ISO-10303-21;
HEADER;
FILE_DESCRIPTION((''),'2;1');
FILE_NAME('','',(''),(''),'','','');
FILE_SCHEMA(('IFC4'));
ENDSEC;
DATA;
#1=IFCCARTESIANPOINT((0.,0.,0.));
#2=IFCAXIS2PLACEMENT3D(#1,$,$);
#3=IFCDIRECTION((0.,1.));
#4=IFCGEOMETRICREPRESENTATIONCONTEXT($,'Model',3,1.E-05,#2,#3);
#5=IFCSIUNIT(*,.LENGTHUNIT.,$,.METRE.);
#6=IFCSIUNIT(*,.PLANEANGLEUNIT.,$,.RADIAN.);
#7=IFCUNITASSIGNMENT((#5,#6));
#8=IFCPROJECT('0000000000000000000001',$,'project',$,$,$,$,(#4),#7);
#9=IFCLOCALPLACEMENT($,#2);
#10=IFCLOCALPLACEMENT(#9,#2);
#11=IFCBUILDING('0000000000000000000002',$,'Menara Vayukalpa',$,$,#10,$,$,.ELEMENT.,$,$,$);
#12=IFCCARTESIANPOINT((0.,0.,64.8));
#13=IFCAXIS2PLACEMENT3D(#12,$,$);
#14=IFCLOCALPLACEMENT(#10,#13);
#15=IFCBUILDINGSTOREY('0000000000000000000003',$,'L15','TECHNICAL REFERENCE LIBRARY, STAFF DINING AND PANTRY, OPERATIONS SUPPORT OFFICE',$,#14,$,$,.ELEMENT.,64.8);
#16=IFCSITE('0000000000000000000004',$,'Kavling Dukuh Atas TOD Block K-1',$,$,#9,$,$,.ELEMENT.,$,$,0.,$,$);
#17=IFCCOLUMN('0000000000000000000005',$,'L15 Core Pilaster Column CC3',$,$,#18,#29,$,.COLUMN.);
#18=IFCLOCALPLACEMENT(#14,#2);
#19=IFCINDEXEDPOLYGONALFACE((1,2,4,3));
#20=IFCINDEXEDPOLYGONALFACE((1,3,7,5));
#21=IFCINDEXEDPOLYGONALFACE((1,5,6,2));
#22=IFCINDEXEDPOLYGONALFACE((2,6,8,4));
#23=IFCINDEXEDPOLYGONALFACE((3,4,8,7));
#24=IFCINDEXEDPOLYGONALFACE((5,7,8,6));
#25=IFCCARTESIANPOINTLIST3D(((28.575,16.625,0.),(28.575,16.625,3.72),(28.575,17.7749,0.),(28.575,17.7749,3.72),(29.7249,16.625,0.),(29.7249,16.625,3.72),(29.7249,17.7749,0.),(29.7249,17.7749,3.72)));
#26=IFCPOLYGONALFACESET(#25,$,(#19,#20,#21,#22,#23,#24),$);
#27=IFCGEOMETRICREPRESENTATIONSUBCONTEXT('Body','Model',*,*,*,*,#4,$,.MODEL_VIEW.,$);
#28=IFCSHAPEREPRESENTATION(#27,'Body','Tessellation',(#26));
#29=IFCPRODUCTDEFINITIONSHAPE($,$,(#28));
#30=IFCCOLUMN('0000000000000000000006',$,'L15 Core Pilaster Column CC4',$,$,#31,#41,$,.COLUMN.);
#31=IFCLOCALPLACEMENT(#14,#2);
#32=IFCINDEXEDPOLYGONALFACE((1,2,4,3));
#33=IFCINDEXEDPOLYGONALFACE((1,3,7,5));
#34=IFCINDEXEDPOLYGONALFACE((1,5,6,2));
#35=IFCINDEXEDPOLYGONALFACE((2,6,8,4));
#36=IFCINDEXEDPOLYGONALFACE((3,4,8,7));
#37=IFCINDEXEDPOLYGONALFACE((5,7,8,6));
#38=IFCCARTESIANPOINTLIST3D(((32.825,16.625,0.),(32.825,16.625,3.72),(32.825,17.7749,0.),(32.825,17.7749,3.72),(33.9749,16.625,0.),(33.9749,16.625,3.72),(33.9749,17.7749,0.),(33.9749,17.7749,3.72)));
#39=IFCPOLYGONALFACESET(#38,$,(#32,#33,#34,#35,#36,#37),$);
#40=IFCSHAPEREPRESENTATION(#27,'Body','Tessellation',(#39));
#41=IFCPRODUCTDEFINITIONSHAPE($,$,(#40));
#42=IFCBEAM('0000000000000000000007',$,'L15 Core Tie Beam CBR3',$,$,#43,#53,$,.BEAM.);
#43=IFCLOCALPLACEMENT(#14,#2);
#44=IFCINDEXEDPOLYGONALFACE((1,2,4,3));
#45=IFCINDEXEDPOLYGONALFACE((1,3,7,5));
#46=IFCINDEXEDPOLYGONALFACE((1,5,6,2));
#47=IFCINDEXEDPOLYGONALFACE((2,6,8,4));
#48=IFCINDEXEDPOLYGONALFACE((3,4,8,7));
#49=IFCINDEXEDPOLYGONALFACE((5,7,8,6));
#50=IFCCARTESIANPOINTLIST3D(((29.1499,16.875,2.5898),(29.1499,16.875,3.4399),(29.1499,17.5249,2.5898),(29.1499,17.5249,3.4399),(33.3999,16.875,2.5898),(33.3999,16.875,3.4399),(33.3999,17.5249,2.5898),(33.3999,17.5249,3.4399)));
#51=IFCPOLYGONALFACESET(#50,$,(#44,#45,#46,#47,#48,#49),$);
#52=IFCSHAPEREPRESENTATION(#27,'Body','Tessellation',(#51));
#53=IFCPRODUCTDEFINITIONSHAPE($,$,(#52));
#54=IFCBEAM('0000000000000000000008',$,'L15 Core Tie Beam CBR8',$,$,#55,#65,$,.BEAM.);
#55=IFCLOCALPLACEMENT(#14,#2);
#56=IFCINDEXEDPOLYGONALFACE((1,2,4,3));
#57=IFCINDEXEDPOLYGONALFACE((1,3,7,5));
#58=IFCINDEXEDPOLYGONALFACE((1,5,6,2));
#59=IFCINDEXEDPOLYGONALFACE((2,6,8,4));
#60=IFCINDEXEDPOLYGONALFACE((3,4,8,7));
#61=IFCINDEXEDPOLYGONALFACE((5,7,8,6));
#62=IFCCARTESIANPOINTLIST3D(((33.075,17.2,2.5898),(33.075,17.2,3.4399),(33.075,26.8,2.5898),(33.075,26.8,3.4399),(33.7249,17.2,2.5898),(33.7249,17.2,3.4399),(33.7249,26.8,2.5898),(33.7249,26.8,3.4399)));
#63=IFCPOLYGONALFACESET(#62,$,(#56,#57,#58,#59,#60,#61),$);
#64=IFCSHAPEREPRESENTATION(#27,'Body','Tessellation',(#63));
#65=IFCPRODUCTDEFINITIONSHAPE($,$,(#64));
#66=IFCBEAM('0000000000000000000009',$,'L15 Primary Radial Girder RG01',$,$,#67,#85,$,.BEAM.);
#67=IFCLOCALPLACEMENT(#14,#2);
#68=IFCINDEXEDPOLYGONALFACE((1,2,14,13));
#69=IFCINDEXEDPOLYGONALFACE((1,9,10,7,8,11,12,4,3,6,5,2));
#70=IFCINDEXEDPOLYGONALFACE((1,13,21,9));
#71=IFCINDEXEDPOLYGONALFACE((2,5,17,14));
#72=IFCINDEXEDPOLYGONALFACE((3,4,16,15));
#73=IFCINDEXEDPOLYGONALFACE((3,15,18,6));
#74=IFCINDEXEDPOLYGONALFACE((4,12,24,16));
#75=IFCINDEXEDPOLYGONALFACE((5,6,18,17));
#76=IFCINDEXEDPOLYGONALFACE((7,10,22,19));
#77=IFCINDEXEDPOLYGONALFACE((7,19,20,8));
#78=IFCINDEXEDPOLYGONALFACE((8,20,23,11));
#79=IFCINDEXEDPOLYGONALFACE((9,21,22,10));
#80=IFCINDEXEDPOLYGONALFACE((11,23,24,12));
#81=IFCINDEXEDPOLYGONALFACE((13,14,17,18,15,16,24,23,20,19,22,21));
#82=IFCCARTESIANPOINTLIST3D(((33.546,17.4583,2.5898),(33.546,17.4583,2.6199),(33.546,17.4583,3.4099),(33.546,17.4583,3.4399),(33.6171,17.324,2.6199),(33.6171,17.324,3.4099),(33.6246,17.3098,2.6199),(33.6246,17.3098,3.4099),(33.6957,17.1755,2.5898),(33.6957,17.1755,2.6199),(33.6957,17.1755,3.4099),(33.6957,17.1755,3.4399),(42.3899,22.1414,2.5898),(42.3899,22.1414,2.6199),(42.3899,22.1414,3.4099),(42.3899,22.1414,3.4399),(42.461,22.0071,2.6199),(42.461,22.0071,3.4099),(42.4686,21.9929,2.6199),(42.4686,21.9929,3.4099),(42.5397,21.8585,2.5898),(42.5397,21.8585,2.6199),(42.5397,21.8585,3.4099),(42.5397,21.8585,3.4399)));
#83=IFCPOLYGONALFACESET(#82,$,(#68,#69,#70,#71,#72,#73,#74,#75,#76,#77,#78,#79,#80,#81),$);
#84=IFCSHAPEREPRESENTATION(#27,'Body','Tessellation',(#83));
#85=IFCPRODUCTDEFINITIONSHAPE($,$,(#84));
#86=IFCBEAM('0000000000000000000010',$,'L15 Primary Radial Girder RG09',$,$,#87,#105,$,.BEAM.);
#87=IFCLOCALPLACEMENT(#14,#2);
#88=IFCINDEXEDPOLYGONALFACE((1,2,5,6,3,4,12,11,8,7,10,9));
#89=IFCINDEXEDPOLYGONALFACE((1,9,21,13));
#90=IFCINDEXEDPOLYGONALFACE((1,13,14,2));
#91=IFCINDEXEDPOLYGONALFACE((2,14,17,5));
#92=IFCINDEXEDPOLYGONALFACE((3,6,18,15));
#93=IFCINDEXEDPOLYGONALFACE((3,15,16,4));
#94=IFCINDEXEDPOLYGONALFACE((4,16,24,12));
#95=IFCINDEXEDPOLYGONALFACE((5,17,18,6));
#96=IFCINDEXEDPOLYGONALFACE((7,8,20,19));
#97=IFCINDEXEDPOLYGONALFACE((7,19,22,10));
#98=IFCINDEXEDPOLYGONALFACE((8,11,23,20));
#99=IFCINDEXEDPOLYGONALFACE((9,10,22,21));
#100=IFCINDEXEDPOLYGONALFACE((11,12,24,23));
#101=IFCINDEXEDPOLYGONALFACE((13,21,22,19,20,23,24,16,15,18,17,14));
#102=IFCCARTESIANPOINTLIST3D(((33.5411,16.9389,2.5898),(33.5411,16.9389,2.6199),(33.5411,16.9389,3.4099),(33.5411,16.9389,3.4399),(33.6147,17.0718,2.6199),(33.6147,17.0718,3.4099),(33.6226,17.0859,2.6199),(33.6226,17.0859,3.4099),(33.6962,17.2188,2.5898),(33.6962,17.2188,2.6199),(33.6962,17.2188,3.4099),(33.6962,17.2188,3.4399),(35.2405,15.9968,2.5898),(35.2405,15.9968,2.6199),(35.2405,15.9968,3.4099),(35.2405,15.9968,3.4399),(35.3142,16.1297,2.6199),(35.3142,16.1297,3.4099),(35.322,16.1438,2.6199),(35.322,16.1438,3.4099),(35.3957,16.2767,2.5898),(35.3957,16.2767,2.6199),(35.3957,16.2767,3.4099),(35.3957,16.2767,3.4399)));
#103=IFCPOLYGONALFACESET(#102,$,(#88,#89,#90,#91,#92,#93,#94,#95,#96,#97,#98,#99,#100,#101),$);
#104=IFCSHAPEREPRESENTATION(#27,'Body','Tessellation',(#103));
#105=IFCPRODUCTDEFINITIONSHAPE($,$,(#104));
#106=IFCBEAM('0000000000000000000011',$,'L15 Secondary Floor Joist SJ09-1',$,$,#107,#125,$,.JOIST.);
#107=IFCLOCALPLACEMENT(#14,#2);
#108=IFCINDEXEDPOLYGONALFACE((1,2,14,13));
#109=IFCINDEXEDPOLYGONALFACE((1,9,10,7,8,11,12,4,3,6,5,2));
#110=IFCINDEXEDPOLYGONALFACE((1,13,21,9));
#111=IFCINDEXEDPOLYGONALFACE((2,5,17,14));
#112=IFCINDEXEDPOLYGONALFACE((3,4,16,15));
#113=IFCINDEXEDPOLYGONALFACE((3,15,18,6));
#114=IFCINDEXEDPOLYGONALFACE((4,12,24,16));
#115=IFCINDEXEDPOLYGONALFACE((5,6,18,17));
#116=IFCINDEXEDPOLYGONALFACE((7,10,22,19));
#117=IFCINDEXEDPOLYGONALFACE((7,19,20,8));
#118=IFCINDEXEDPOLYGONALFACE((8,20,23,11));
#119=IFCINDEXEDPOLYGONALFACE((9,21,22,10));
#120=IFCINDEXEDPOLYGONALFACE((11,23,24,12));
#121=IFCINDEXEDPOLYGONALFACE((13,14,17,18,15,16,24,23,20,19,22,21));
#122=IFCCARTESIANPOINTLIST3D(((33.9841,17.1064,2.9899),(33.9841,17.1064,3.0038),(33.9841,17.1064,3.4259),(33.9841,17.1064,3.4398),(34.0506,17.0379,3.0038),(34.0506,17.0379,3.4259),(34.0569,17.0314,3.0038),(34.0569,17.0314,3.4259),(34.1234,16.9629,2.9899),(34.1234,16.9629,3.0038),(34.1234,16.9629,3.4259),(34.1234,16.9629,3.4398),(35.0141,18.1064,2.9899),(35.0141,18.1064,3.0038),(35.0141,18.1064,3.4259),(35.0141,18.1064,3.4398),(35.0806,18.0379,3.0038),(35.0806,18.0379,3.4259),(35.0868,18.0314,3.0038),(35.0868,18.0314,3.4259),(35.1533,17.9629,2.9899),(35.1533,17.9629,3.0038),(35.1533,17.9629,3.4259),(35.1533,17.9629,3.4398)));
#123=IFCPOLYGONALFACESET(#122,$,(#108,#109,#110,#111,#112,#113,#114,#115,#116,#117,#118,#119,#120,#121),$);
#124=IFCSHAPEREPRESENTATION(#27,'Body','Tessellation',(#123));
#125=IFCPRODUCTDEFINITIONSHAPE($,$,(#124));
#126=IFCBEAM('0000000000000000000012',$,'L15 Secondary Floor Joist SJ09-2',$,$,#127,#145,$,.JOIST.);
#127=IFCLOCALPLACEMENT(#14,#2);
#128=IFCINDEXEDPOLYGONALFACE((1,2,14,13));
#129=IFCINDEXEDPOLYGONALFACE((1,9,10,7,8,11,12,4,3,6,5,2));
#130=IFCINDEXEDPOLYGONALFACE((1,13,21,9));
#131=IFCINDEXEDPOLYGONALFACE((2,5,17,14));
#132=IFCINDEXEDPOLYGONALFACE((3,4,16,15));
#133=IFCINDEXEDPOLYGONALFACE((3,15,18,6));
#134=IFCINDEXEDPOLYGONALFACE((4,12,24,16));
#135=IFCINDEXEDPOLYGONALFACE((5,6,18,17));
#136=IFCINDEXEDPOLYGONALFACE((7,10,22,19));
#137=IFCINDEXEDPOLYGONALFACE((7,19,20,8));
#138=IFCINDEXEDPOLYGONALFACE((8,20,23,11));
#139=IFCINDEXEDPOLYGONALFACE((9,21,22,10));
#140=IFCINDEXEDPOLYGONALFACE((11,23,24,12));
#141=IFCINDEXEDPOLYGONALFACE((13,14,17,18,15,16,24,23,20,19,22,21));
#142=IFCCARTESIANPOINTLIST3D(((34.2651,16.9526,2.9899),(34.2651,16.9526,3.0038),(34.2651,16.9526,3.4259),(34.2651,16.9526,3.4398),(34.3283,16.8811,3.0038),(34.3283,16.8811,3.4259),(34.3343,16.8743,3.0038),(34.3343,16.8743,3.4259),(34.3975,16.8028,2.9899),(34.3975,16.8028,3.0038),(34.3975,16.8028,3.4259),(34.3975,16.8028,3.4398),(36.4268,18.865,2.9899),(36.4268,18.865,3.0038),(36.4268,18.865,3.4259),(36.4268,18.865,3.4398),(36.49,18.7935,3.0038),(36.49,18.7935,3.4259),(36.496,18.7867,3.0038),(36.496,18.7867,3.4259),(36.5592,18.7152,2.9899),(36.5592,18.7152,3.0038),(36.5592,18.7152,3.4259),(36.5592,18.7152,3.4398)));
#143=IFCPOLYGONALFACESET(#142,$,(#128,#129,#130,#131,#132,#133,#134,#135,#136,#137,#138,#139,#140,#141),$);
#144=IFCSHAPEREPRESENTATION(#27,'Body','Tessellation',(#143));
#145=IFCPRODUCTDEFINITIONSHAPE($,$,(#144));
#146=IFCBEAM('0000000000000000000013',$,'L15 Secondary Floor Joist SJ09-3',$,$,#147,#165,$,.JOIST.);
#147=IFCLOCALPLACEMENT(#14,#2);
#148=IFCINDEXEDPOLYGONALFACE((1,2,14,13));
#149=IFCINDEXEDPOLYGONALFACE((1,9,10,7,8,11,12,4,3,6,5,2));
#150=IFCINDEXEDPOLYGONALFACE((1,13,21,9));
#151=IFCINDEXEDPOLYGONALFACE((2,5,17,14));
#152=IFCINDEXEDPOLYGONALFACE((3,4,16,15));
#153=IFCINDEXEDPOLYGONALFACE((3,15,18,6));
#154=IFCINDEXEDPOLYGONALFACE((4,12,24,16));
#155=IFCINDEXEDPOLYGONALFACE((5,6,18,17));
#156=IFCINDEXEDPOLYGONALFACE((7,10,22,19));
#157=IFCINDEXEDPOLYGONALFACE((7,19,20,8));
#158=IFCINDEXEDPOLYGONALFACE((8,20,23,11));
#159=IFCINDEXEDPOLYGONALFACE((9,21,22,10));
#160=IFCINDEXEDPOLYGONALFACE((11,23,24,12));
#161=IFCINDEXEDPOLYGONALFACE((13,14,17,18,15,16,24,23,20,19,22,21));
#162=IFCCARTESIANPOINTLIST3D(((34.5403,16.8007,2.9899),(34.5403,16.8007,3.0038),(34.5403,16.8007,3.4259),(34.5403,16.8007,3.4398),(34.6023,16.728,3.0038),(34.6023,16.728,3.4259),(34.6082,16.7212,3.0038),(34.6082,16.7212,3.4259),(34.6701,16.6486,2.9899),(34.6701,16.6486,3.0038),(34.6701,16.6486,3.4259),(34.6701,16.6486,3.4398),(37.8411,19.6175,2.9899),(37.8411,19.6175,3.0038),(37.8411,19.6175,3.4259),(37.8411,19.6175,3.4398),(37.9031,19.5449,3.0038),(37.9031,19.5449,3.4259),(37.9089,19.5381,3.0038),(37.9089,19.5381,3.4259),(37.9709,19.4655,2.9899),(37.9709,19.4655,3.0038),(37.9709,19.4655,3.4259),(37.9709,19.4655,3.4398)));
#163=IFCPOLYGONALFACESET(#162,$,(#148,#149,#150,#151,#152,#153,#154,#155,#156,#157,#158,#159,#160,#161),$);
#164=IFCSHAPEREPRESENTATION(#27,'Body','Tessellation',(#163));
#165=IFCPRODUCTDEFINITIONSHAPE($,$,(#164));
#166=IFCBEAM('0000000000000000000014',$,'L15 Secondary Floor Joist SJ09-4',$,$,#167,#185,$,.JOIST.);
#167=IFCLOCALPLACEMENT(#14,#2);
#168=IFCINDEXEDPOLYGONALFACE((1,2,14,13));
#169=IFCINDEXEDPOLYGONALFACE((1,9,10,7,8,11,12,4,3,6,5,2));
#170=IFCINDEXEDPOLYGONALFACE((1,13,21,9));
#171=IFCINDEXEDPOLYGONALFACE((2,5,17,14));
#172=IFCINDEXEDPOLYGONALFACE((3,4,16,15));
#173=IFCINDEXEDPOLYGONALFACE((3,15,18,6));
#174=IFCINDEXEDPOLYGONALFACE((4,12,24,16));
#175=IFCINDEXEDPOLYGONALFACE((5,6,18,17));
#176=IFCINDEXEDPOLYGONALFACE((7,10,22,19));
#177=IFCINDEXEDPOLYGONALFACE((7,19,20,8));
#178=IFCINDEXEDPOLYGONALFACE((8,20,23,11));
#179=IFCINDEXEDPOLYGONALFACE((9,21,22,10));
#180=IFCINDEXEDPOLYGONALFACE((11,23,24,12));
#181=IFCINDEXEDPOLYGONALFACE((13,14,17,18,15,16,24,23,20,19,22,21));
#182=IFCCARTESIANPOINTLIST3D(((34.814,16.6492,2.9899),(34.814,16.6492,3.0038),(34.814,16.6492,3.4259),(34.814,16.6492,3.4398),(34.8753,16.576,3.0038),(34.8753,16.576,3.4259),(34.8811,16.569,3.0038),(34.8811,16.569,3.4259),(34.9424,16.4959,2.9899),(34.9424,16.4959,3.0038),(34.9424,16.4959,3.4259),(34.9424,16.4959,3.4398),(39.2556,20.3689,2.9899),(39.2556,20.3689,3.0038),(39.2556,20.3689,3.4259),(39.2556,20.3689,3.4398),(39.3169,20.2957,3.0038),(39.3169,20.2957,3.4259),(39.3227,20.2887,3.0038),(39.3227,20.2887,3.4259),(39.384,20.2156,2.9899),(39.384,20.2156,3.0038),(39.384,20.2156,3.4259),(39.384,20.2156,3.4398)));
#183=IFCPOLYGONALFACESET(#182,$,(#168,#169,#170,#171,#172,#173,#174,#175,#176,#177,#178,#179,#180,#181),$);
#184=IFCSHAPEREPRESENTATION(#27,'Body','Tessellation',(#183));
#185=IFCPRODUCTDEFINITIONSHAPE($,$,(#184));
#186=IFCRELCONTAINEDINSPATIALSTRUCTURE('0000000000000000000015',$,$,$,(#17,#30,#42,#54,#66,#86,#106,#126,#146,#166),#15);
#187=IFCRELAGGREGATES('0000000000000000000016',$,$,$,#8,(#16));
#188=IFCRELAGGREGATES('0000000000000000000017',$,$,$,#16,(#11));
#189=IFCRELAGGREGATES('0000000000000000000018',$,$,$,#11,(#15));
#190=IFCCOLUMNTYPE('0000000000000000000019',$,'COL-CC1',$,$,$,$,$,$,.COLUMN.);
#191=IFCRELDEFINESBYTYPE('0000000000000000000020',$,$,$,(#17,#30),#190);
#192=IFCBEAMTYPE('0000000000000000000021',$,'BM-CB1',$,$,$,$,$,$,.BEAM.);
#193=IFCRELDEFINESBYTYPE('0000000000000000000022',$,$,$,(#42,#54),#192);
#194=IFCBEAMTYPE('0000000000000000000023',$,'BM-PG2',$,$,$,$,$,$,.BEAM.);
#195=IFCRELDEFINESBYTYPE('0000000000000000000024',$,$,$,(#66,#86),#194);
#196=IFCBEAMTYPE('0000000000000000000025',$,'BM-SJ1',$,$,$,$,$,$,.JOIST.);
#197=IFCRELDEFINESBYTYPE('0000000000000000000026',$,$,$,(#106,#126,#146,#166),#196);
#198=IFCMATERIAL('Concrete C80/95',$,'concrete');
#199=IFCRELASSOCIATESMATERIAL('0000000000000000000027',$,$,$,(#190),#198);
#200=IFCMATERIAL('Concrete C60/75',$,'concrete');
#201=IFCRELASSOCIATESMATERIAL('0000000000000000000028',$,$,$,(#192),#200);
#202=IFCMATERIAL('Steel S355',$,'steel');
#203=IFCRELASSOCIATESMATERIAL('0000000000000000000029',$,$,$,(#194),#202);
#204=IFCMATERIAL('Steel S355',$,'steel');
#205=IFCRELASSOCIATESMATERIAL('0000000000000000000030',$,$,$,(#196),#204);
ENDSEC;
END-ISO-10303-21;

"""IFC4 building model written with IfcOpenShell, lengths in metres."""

from ifc_helpers import new_model, si_unit, direction, frame, origin, origin_2d, place, context, subcontext, project, spatial, rectangle, i_section, extrude, material, material_profile, profile_set, type_object, element, save


model = new_model("IFC4")

# Units and contexts
model_context = context("Model", 3, precision=1e-05, world=origin(), true_north=direction((0.0, 1.0)))
body_context = subcontext(model_context, "Body", "Model", "MODEL_VIEW")
ifc_project = project(units=[si_unit("LENGTHUNIT", "METRE"), si_unit("PLANEANGLEUNIT", "RADIAN")], contexts=[model_context])

# Site, building, storey
site_placement = place(None, origin())
site = spatial("IfcSite", under=ifc_project, at=site_placement, Name="Kavling Dukuh Atas TOD Block K-1", CompositionType="ELEMENT", RefElevation=0.0)
building_placement = place(site_placement, origin())
building = spatial("IfcBuilding", under=site, at=building_placement, Name="Menara Vayukalpa", CompositionType="ELEMENT")
storey_placement = place(building_placement, frame((0.0, 0.0, 64.8)))
storey = spatial("IfcBuildingStorey", under=building, at=storey_placement, Name="L15", Description="TECHNICAL REFERENCE LIBRARY, STAFF DINING AND PANTRY, OPERATIONS SUPPORT OFFICE", CompositionType="ELEMENT", Elevation=64.8)

# Columns
ifc_material_1 = material(Name="Concrete C80/95", Category="concrete")
ifc_material_profile_1 = material_profile(ifc_material_1, rectangle(XDim=1.1499, YDim=1.1499, at=origin_2d()), Name="RC 1150x1150")
ifc_profile_set_1 = profile_set([ifc_material_profile_1], Name="Concrete C80/95")
column_type = type_object("IfcColumnType", Name="COL-CC1", PredefinedType="COLUMN", material=ifc_profile_set_1)
for number, where, z_axis, x_axis, name in (
    (1, (29.1499, 17.2, 0.0), (0.0, 0.0, 1.0), (1.0, 0.0, 0.0), "L15 Core Pilaster Column CC3"),
    (2, (33.3999, 17.2, 0.0), (0.0, 0.0, 1.0), (1.0, 0.0, 0.0), "L15 Core Pilaster Column CC4"),
):
    element("IfcColumn", number, at=place(storey_placement, frame(where, z_axis=z_axis, x_axis=x_axis)), inside=storey, type_object=column_type, Name=name, PredefinedType="COLUMN", context=body_context, shape_type="SweptSolid", body=[
        extrude(rectangle(XDim=1.1499, YDim=1.1499, at=origin_2d()), origin(), (0.0, 0.0, 1.0), 3.72),
    ])

# Beams
ifc_material_2 = material(Name="Concrete C60/75", Category="concrete")
ifc_material_profile_2 = material_profile(ifc_material_2, rectangle(XDim=0.6499, YDim=0.8501, at=origin_2d()), Name="RC 650x850")
ifc_profile_set_2 = profile_set([ifc_material_profile_2], Name="Concrete C60/75")
beam_type_1 = type_object("IfcBeamType", Name="BM-CB1", PredefinedType="BEAM", material=ifc_profile_set_2)
beam_1_placement = place(storey_placement, frame((29.1499, 17.2, 3.0149), z_axis=(1.0, 0.0, 0.0), x_axis=(0.0, 1.0, 0.0)))
element("IfcBeam", 3, at=beam_1_placement, inside=storey, type_object=beam_type_1, Name="L15 Core Tie Beam CBR3", PredefinedType="BEAM", context=body_context, shape_type="SweptSolid", body=[
    extrude(rectangle(XDim=0.6499, YDim=0.8501, at=origin_2d()), origin(), (0.0, 0.0, 1.0), 4.25),
])
beam_2_placement = place(storey_placement, frame((33.3999, 17.2, 3.0149), z_axis=(0.0, 1.0, 0.0), x_axis=(-1.0, 0.0, 0.0)))
element("IfcBeam", 4, at=beam_2_placement, inside=storey, type_object=beam_type_1, Name="L15 Core Tie Beam CBR8", PredefinedType="BEAM", context=body_context, shape_type="SweptSolid", body=[
    extrude(rectangle(XDim=0.6499, YDim=0.8501, at=origin_2d()), origin(), (0.0, 0.0, 1.0), 9.6001),
])
ifc_material_3 = material(Name="Steel S355", Category="steel")
ifc_material_profile_3 = material_profile(ifc_material_3, i_section(OverallWidth=0.3201, OverallDepth=0.8501, WebThickness=0.0161, FlangeThickness=0.03, at=origin_2d()), Name="WF 850x320x16x30")
ifc_profile_set_3 = profile_set([ifc_material_profile_3], Name="Steel S355")
beam_type_2 = type_object("IfcBeamType", Name="BM-PG2", PredefinedType="BEAM", material=ifc_profile_set_3)
beam_3_placement = place(storey_placement, frame((33.6208, 17.3169, 3.0149), z_axis=(0.883747, 0.467965, 0.0), x_axis=(-0.467965, 0.883747, 0.0)))
element("IfcBeam", 5, at=beam_3_placement, inside=storey, type_object=beam_type_2, Name="L15 Primary Radial Girder RG01", PredefinedType="BEAM", context=body_context, shape_type="SweptSolid", body=[
    extrude(i_section(OverallWidth=0.3201, OverallDepth=0.8501, WebThickness=0.0161, FlangeThickness=0.03, at=origin_2d()), origin(), (0.0, 0.0, 1.0), 10.0073),
])
beam_4_placement = place(storey_placement, frame((33.6187, 17.0789, 3.0149), z_axis=(0.874595, -0.484853, 0.0), x_axis=(0.484853, 0.874595, 0.0)))
element("IfcBeam", 6, at=beam_4_placement, inside=storey, type_object=beam_type_2, Name="L15 Primary Radial Girder RG09", PredefinedType="BEAM", context=body_context, shape_type="SweptSolid", body=[
    extrude(i_section(OverallWidth=0.3201, OverallDepth=0.8501, WebThickness=0.0161, FlangeThickness=0.03, at=origin_2d()), origin(), (0.0, 0.0, 1.0), 1.9431),
])
ifc_material_4 = material(Name="Steel S355", Category="steel")
ifc_material_profile_4 = material_profile(ifc_material_4, i_section(OverallWidth=0.2, OverallDepth=0.45, WebThickness=0.009, FlangeThickness=0.0139, at=origin_2d()), Name="WF 450x200x9x14")
ifc_profile_set_4 = profile_set([ifc_material_profile_4], Name="Steel S355")
beam_type_3 = type_object("IfcBeamType", Name="BM-SJ1", PredefinedType="JOIST", material=ifc_profile_set_4)
beam_5_placement = place(storey_placement, frame((34.0537, 17.0347, 3.2148), z_axis=(0.717488, 0.696571, 0.0), x_axis=(-0.696571, 0.717488, 0.0)))
element("IfcBeam", 7, at=beam_5_placement, inside=storey, type_object=beam_type_3, Name="L15 Secondary Floor Joist SJ09-1", PredefinedType="JOIST", context=body_context, shape_type="SweptSolid", body=[
    extrude(i_section(OverallWidth=0.2, OverallDepth=0.45, WebThickness=0.009, FlangeThickness=0.0139, at=origin_2d()), origin(), (0.0, 0.0, 1.0), 1.4355),
])
beam_6_placement = place(storey_placement, frame((34.3313, 16.8777, 3.2148), z_axis=(0.748971, 0.662603, 0.0), x_axis=(-0.662603, 0.748971, 0.0)))
element("IfcBeam", 8, at=beam_6_placement, inside=storey, type_object=beam_type_3, Name="L15 Secondary Floor Joist SJ09-2", PredefinedType="JOIST", context=body_context, shape_type="SweptSolid", body=[
    extrude(i_section(OverallWidth=0.2, OverallDepth=0.45, WebThickness=0.009, FlangeThickness=0.0139, at=origin_2d()), origin(), (0.0, 0.0, 1.0), 2.8862),
])
beam_7_placement = place(storey_placement, frame((34.6052, 16.7246, 3.2148), z_axis=(0.760661, 0.64915, 0.0), x_axis=(-0.64915, 0.760661, 0.0)))
element("IfcBeam", 9, at=beam_7_placement, inside=storey, type_object=beam_type_3, Name="L15 Secondary Floor Joist SJ09-3", PredefinedType="JOIST", context=body_context, shape_type="SweptSolid", body=[
    extrude(i_section(OverallWidth=0.2, OverallDepth=0.45, WebThickness=0.009, FlangeThickness=0.0139, at=origin_2d()), origin(), (0.0, 0.0, 1.0), 4.3394),
])
beam_8_placement = place(storey_placement, frame((34.8782, 16.5725, 3.2148), z_axis=(0.766661, 0.642052, 0.0), x_axis=(-0.642052, 0.766661, 0.0)))
element("IfcBeam", 10, at=beam_8_placement, inside=storey, type_object=beam_type_3, Name="L15 Secondary Floor Joist SJ09-4", PredefinedType="JOIST", context=body_context, shape_type="SweptSolid", body=[
    extrude(i_section(OverallWidth=0.2, OverallDepth=0.45, WebThickness=0.009, FlangeThickness=0.0139, at=origin_2d()), origin(), (0.0, 0.0, 1.0), 5.7935),
])

save(model, "model.ifc")
